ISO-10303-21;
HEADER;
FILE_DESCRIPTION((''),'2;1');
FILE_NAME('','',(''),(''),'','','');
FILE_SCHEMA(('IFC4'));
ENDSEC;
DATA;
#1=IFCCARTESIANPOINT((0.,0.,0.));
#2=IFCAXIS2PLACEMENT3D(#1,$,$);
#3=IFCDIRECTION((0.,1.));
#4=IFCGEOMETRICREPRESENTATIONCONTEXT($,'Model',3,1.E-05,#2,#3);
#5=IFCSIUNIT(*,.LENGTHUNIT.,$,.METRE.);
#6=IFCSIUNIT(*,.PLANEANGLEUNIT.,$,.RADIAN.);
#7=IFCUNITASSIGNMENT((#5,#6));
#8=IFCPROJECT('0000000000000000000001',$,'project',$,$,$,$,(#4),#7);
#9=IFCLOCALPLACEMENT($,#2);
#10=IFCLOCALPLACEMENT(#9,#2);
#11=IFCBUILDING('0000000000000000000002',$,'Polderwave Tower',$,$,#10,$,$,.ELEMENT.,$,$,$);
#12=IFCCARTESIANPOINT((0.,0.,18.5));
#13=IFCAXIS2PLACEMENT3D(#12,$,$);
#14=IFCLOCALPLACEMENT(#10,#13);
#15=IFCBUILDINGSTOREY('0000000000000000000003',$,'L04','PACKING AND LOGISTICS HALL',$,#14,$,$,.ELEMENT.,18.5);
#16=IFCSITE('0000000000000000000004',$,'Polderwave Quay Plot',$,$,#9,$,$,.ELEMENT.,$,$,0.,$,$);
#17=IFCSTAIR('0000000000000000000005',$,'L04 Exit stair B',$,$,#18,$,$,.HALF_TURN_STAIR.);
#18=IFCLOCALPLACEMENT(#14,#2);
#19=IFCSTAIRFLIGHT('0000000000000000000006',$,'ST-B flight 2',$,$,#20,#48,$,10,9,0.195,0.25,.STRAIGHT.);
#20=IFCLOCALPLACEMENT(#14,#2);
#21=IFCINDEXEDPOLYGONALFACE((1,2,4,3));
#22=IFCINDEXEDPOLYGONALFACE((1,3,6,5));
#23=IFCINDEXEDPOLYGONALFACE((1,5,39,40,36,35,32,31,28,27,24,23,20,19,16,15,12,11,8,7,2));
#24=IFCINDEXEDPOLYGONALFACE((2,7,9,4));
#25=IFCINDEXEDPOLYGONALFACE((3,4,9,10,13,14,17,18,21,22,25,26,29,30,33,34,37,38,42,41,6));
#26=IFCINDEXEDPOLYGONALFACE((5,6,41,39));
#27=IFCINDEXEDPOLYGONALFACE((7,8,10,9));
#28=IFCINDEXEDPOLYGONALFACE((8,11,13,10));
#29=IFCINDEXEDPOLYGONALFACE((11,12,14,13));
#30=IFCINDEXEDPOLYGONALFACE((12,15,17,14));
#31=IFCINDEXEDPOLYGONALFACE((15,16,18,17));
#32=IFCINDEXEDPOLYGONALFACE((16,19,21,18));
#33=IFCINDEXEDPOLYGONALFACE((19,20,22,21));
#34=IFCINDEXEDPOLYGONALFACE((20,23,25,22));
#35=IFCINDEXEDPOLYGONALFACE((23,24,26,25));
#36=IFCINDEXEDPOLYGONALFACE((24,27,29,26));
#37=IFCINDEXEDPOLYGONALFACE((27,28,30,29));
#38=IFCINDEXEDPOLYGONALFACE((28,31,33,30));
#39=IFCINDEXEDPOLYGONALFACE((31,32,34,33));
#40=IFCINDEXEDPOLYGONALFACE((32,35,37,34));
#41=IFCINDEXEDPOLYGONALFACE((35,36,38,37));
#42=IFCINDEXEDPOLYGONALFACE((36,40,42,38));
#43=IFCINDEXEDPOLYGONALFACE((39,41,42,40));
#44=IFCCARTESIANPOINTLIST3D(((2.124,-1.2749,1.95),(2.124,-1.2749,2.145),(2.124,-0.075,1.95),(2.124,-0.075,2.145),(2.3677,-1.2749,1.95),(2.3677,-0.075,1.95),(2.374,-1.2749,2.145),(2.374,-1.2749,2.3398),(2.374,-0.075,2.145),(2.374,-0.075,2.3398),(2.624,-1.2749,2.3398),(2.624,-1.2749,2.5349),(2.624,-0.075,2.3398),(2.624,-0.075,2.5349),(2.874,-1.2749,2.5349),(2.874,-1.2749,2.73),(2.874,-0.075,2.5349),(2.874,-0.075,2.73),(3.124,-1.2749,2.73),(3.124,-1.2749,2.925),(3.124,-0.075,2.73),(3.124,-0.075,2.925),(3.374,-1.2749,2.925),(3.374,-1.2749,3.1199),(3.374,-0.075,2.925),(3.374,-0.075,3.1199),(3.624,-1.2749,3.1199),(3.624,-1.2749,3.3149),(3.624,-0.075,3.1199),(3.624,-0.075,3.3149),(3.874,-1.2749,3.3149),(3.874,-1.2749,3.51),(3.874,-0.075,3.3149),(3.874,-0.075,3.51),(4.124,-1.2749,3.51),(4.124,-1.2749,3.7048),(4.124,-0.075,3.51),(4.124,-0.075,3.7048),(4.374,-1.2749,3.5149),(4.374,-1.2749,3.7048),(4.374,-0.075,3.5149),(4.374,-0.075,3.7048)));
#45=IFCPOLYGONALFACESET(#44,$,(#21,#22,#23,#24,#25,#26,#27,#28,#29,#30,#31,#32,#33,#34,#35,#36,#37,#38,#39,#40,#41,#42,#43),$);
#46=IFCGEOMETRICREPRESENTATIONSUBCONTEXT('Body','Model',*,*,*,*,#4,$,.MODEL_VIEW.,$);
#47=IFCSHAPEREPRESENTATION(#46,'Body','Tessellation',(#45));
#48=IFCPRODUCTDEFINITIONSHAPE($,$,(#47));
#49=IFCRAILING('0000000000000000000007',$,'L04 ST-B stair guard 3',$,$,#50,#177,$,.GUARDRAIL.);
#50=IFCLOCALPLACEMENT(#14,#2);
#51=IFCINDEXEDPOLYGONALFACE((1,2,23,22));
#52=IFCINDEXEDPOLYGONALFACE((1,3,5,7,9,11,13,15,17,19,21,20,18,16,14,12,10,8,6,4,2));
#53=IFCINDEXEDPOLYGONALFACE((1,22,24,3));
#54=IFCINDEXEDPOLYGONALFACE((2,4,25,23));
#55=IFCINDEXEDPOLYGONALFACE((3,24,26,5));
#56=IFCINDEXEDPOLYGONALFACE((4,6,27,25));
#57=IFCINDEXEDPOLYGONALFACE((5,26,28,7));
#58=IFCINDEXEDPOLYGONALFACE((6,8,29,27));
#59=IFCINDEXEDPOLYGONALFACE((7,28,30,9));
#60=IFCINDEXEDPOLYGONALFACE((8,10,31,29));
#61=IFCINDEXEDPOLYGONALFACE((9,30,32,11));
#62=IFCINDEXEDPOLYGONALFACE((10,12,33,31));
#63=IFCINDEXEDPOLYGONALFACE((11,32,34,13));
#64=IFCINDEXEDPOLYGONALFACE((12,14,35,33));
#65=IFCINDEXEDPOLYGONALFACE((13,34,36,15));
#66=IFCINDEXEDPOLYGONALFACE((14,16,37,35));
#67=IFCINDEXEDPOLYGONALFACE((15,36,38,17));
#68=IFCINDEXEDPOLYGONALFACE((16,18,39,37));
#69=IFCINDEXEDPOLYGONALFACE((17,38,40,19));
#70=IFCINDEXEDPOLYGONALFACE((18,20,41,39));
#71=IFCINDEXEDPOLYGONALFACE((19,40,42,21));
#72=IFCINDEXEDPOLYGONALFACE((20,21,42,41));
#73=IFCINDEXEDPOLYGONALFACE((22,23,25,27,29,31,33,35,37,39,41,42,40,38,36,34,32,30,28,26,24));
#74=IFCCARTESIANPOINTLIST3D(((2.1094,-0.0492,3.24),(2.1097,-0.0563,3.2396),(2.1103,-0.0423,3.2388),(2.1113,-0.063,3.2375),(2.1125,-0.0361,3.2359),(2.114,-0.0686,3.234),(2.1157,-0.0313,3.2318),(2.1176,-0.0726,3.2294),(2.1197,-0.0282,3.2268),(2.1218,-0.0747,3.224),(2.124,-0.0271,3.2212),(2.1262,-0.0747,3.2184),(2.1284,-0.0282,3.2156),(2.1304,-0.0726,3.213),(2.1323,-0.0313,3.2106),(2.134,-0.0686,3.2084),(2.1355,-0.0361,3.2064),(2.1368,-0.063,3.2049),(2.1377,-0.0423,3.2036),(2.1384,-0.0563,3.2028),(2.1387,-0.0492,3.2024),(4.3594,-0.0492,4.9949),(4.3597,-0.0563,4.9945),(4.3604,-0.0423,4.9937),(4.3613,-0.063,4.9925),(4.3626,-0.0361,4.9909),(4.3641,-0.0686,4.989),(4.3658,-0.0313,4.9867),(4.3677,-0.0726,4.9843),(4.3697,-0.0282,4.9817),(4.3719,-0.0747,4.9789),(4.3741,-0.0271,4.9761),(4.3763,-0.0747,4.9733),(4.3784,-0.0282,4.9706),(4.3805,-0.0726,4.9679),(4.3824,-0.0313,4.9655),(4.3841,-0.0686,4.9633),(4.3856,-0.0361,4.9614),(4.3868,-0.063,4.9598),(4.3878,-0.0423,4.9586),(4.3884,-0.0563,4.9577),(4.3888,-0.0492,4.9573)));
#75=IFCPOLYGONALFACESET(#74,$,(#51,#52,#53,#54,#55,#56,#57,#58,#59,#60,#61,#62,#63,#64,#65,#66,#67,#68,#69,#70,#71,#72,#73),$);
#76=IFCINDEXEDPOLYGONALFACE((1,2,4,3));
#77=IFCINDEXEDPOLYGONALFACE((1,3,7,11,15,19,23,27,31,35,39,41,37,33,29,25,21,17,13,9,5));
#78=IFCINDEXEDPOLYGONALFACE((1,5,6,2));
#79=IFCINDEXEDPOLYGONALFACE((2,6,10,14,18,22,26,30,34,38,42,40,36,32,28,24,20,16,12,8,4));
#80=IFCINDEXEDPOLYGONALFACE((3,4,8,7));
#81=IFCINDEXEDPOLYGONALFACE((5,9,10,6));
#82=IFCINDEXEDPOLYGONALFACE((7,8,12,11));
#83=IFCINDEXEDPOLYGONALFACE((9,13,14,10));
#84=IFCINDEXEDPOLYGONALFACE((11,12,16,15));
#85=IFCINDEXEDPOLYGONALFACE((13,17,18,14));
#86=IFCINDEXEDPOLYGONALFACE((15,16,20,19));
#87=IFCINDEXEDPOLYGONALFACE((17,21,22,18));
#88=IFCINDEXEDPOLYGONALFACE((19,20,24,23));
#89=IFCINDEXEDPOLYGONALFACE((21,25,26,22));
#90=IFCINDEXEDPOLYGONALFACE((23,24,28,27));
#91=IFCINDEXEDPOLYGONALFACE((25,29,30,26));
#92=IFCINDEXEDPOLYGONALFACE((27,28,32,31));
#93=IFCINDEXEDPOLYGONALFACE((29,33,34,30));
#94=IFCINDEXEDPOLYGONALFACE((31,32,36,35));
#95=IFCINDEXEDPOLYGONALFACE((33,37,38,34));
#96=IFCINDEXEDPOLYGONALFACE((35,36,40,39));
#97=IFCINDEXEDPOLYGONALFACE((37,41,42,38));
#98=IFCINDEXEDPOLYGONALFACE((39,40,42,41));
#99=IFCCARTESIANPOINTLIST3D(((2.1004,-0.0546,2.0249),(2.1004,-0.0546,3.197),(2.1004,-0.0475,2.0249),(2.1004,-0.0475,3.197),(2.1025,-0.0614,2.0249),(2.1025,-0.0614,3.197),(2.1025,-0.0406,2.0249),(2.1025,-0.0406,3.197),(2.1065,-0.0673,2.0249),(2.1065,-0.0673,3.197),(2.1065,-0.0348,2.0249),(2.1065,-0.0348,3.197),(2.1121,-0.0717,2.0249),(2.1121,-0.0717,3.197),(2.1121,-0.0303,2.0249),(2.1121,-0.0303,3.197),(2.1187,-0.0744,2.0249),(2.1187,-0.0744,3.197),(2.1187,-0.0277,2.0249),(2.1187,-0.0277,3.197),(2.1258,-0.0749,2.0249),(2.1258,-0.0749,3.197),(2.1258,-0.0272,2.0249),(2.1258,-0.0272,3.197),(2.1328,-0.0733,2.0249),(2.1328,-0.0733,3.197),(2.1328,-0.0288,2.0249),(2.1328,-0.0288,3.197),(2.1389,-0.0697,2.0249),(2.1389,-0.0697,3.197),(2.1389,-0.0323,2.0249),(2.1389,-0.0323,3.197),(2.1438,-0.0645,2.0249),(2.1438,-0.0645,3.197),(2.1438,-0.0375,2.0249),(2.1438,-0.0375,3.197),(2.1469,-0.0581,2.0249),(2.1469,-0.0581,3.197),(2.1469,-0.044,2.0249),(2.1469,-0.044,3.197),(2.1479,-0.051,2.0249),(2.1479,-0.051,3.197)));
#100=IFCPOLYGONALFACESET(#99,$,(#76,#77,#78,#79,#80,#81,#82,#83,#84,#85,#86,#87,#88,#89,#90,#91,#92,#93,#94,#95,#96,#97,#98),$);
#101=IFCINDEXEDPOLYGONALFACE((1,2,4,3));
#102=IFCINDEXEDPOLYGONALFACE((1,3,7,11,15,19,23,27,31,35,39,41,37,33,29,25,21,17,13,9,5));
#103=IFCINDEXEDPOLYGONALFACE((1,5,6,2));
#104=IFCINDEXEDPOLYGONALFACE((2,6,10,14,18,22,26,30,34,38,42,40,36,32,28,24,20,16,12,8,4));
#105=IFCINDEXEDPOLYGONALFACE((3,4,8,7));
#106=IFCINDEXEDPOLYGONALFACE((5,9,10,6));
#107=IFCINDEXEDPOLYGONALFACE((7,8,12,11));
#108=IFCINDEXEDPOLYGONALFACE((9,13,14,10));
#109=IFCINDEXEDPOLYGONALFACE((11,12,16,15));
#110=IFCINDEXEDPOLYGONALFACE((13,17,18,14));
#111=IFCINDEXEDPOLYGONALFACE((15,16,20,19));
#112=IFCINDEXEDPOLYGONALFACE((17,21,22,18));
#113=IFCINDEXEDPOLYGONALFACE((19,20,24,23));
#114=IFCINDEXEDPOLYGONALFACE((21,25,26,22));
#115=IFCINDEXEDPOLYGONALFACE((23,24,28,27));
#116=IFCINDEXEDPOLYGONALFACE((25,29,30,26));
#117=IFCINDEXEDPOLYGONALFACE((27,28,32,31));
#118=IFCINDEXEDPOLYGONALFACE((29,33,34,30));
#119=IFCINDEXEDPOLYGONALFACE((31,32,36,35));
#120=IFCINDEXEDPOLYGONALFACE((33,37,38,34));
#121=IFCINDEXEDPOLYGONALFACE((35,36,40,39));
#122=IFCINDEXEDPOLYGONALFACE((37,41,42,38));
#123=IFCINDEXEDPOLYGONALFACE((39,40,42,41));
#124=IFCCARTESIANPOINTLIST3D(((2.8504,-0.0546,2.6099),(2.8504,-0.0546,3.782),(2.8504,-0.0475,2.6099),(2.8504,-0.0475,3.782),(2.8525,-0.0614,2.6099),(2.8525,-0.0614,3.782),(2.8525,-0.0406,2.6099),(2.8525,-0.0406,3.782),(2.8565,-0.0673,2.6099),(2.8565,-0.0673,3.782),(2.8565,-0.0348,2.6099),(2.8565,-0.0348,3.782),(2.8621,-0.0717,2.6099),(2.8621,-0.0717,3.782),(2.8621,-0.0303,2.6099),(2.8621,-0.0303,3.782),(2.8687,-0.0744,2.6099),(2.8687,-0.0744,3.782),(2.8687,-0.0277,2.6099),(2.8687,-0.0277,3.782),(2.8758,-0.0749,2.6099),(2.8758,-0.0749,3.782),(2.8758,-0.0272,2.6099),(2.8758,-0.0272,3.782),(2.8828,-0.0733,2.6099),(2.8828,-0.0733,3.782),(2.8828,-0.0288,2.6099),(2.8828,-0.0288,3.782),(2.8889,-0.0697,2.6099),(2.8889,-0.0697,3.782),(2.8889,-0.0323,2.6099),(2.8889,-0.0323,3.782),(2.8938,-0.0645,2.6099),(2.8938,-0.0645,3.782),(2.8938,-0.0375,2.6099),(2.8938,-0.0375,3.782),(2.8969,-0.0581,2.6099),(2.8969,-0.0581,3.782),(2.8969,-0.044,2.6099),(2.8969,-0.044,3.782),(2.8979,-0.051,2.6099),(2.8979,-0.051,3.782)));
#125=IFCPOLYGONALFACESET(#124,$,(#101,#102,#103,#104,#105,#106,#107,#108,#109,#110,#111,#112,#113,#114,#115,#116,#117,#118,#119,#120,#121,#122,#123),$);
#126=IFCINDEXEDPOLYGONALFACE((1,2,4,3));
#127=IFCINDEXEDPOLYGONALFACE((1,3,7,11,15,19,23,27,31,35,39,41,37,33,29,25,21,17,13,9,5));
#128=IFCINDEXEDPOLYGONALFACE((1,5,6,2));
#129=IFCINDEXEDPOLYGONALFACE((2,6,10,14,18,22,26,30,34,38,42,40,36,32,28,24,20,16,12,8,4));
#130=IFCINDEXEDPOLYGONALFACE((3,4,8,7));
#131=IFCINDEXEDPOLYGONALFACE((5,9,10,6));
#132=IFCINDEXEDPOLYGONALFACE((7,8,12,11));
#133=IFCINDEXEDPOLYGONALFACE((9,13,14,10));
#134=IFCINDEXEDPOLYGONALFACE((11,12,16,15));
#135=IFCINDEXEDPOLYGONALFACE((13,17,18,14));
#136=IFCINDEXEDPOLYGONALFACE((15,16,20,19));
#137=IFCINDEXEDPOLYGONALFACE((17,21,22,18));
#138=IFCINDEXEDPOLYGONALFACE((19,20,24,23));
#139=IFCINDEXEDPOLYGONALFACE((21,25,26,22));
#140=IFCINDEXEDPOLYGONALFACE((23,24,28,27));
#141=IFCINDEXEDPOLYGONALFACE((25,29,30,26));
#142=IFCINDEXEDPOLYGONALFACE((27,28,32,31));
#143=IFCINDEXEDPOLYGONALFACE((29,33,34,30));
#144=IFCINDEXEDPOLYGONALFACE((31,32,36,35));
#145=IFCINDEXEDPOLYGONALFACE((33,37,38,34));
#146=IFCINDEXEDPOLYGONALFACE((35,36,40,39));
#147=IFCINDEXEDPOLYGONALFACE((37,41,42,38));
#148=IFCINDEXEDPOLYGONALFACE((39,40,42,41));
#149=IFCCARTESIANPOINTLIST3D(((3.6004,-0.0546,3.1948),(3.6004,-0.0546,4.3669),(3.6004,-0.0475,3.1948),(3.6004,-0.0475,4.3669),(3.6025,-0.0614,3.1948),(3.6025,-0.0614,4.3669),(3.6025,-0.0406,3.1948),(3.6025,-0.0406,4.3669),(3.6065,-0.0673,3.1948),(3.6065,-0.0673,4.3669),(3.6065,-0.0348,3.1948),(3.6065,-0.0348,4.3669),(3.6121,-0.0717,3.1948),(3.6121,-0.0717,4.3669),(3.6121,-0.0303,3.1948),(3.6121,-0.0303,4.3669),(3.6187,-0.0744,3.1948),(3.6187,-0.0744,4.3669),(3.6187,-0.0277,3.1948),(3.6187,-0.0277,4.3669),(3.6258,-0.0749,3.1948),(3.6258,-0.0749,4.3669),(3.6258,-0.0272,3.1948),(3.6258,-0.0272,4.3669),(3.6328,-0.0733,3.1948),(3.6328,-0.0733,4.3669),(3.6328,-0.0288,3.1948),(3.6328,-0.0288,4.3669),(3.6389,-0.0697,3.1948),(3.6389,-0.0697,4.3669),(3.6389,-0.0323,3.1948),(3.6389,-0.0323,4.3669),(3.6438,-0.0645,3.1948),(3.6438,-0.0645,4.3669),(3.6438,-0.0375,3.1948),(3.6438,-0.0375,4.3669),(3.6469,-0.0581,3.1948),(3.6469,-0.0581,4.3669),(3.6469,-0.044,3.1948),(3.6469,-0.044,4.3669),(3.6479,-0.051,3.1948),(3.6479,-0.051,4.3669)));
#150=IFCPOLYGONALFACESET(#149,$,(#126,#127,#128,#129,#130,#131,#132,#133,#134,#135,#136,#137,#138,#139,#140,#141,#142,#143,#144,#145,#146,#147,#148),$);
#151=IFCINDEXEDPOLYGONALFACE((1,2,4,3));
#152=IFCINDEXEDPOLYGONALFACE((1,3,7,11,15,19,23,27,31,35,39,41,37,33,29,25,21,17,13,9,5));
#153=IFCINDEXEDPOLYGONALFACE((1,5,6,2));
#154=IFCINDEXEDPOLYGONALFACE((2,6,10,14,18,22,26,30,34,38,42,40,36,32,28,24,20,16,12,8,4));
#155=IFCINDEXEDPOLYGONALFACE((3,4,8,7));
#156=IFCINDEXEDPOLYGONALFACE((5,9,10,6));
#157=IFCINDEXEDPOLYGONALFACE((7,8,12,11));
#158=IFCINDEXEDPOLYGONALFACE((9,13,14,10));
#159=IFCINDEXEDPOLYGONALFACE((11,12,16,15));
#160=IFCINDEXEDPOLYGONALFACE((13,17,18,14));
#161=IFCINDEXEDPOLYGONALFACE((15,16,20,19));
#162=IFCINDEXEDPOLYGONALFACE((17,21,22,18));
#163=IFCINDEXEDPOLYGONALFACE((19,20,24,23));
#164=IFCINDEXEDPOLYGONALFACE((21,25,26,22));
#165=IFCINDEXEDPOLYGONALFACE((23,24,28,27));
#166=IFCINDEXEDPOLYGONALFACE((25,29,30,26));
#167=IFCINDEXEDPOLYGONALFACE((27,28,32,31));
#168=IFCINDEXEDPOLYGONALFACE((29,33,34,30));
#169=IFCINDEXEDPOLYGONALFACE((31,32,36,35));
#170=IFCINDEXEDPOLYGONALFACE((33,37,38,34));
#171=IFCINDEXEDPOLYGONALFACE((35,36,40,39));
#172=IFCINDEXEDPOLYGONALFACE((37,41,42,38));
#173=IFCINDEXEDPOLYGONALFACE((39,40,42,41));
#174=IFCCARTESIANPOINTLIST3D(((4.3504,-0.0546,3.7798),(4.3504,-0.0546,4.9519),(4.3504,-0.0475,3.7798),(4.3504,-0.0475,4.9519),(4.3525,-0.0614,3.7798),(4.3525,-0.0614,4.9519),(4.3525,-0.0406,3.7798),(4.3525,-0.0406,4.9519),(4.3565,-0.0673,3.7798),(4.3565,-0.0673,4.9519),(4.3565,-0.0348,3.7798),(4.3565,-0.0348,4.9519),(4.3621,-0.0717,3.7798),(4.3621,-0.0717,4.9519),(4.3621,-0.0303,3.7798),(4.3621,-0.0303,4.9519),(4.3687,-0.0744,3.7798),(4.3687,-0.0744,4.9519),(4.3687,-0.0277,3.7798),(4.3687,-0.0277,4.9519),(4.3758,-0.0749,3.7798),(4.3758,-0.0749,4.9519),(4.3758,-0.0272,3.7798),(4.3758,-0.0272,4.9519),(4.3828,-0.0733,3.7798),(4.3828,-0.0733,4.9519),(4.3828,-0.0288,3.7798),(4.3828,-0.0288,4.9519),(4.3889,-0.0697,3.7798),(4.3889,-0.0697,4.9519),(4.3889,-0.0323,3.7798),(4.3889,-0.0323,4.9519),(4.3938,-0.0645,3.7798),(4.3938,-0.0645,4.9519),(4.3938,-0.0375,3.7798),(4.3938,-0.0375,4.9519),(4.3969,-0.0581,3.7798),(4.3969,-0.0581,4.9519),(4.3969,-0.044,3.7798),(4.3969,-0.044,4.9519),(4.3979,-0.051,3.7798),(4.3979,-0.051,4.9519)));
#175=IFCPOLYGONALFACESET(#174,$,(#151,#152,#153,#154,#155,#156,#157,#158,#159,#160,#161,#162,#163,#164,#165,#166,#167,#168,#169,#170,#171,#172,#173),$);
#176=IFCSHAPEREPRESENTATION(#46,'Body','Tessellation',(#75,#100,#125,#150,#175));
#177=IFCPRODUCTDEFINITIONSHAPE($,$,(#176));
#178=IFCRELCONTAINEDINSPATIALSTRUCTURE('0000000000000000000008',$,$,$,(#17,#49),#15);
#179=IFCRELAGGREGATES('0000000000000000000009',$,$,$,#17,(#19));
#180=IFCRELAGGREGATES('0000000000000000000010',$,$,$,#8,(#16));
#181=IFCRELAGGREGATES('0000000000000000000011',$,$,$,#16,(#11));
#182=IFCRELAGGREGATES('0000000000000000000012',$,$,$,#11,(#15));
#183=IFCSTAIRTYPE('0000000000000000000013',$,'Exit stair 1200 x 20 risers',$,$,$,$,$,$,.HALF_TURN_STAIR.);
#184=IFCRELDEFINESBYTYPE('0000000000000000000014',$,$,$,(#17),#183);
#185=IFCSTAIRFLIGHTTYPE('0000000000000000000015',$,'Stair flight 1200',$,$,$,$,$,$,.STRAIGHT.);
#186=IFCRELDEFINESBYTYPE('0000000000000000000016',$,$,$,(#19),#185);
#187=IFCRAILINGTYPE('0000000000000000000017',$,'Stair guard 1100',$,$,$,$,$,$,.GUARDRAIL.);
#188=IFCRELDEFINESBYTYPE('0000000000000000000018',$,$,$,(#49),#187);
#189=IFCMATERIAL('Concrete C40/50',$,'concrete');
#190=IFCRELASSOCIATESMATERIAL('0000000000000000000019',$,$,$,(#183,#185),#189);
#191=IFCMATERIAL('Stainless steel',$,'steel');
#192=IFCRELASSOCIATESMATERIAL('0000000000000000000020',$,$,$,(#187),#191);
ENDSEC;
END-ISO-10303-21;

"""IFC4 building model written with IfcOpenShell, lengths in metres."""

from ifc_helpers import new_model, si_unit, direction, frame, origin, origin_2d, place, context, subcontext, project, spatial, polyline, circle, outline, extrude, material, type_object, element, aggregate, save


model = new_model("IFC4")

# Units and contexts
model_context = context("Model", 3, precision=1e-05, world=origin(), true_north=direction((0.0, 1.0)))
body_context = subcontext(model_context, "Body", "Model", "MODEL_VIEW")
ifc_project = project(units=[si_unit("LENGTHUNIT", "METRE"), si_unit("PLANEANGLEUNIT", "RADIAN")], contexts=[model_context])

# Site, building, storey
site_placement = place(None, origin())
site = spatial("IfcSite", under=ifc_project, at=site_placement, Name="Polderwave Quay Plot", CompositionType="ELEMENT", RefElevation=0.0)
building_placement = place(site_placement, origin())
building = spatial("IfcBuilding", under=site, at=building_placement, Name="Polderwave Tower", CompositionType="ELEMENT")
storey_placement = place(building_placement, frame((0.0, 0.0, 18.5)))
storey = spatial("IfcBuildingStorey", under=building, at=storey_placement, Name="L04", Description="PACKING AND LOGISTICS HALL", CompositionType="ELEMENT", Elevation=18.5)

# Stair, stair flight
ifc_material_1 = material(Name="Concrete C40/50", Category="concrete")
stair_type = type_object("IfcStairType", Name="Exit stair 1200 x 20 risers", PredefinedType="HALF_TURN_STAIR", material=ifc_material_1)
stair_placement = place(storey_placement, origin())
stair = element("IfcStair", 1, at=stair_placement, inside=storey, type_object=stair_type, Name="L04 Exit stair B", PredefinedType="HALF_TURN_STAIR")
stair_flight_type = type_object("IfcStairFlightType", Name="Stair flight 1200", PredefinedType="STRAIGHT", material=ifc_material_1)
stair_flight_placement = place(storey_placement, frame((2.124, -0.675, 1.95), z_axis=(0.0, 0.0, 1.0), x_axis=(1.0, 0.0, 0.0)))
stair_flight = element("IfcStairFlight", 2, at=stair_flight_placement, type_object=stair_flight_type, Name="ST-B flight 2", NumberOfRisers=10, NumberOfTreads=9, PredefinedType="STRAIGHT", RiserHeight=0.195, TreadLength=0.25, context=body_context, shape_type="SweptSolid", body=[
    extrude(outline(polyline([(0.0, 0.0), (0.0, 0.1951), (0.25, 0.1951), (0.25, 0.3899), (0.5, 0.3899), (0.5, 0.585), (0.75, 0.585), (0.75, 0.78), (1.0, 0.78), (1.0, 0.9751), (1.25, 0.9751), (1.25, 1.1699), (1.5, 1.1699), (1.5, 1.365), (1.75, 1.365), (1.75, 1.5601), (2.0, 1.5601), (2.0, 1.7549), (2.25, 1.7549), (2.25, 1.95), (2.25, 1.5649), (0.2437, 0.0), (0.0, 0.0)])), frame((0.0, 0.6001, 0.0), z_axis=(0.0, -1.0, 0.0), x_axis=(1.0, 0.0, 0.0)), (0.0, 0.0, 1.0), 1.2),
])
aggregate(stair, [stair_flight])

# Railing
ifc_material_2 = material(Name="Stainless steel", Category="steel")
railing_type_1 = type_object("IfcRailingType", Name="Stair guard 1100", PredefinedType="GUARDRAIL", material=ifc_material_2)
railing_1_placement = place(storey_placement, frame((2.124, -0.051, 2.0249)))
element("IfcRailing", 3, at=railing_1_placement, inside=storey, type_object=railing_type_1, Name="L04 ST-B stair guard 3", PredefinedType="GUARDRAIL", context=body_context, shape_type="SweptSolid", body=[
    extrude(circle(Radius=0.0239, at=origin_2d()), frame((0.0, 0.0, 1.1963), z_axis=(0.788522, 0.0, 0.615006), x_axis=(0.0, 1.0, 0.0)), (0.0, 0.0, 1.0), 2.8535),
    extrude(circle(Radius=0.0239, at=origin_2d()), origin(), (0.0, 0.0, 1.0), 1.1721),
    extrude(circle(Radius=0.0239, at=origin_2d()), frame((0.75, 0.0, 0.585)), (0.0, 0.0, 1.0), 1.1721),
    extrude(circle(Radius=0.0239, at=origin_2d()), frame((1.5, 0.0, 1.1699)), (0.0, 0.0, 1.0), 1.1721),
    extrude(circle(Radius=0.0239, at=origin_2d()), frame((2.25, 0.0, 1.7549)), (0.0, 0.0, 1.0), 1.1721),
])

save(model, "model.ifc")
